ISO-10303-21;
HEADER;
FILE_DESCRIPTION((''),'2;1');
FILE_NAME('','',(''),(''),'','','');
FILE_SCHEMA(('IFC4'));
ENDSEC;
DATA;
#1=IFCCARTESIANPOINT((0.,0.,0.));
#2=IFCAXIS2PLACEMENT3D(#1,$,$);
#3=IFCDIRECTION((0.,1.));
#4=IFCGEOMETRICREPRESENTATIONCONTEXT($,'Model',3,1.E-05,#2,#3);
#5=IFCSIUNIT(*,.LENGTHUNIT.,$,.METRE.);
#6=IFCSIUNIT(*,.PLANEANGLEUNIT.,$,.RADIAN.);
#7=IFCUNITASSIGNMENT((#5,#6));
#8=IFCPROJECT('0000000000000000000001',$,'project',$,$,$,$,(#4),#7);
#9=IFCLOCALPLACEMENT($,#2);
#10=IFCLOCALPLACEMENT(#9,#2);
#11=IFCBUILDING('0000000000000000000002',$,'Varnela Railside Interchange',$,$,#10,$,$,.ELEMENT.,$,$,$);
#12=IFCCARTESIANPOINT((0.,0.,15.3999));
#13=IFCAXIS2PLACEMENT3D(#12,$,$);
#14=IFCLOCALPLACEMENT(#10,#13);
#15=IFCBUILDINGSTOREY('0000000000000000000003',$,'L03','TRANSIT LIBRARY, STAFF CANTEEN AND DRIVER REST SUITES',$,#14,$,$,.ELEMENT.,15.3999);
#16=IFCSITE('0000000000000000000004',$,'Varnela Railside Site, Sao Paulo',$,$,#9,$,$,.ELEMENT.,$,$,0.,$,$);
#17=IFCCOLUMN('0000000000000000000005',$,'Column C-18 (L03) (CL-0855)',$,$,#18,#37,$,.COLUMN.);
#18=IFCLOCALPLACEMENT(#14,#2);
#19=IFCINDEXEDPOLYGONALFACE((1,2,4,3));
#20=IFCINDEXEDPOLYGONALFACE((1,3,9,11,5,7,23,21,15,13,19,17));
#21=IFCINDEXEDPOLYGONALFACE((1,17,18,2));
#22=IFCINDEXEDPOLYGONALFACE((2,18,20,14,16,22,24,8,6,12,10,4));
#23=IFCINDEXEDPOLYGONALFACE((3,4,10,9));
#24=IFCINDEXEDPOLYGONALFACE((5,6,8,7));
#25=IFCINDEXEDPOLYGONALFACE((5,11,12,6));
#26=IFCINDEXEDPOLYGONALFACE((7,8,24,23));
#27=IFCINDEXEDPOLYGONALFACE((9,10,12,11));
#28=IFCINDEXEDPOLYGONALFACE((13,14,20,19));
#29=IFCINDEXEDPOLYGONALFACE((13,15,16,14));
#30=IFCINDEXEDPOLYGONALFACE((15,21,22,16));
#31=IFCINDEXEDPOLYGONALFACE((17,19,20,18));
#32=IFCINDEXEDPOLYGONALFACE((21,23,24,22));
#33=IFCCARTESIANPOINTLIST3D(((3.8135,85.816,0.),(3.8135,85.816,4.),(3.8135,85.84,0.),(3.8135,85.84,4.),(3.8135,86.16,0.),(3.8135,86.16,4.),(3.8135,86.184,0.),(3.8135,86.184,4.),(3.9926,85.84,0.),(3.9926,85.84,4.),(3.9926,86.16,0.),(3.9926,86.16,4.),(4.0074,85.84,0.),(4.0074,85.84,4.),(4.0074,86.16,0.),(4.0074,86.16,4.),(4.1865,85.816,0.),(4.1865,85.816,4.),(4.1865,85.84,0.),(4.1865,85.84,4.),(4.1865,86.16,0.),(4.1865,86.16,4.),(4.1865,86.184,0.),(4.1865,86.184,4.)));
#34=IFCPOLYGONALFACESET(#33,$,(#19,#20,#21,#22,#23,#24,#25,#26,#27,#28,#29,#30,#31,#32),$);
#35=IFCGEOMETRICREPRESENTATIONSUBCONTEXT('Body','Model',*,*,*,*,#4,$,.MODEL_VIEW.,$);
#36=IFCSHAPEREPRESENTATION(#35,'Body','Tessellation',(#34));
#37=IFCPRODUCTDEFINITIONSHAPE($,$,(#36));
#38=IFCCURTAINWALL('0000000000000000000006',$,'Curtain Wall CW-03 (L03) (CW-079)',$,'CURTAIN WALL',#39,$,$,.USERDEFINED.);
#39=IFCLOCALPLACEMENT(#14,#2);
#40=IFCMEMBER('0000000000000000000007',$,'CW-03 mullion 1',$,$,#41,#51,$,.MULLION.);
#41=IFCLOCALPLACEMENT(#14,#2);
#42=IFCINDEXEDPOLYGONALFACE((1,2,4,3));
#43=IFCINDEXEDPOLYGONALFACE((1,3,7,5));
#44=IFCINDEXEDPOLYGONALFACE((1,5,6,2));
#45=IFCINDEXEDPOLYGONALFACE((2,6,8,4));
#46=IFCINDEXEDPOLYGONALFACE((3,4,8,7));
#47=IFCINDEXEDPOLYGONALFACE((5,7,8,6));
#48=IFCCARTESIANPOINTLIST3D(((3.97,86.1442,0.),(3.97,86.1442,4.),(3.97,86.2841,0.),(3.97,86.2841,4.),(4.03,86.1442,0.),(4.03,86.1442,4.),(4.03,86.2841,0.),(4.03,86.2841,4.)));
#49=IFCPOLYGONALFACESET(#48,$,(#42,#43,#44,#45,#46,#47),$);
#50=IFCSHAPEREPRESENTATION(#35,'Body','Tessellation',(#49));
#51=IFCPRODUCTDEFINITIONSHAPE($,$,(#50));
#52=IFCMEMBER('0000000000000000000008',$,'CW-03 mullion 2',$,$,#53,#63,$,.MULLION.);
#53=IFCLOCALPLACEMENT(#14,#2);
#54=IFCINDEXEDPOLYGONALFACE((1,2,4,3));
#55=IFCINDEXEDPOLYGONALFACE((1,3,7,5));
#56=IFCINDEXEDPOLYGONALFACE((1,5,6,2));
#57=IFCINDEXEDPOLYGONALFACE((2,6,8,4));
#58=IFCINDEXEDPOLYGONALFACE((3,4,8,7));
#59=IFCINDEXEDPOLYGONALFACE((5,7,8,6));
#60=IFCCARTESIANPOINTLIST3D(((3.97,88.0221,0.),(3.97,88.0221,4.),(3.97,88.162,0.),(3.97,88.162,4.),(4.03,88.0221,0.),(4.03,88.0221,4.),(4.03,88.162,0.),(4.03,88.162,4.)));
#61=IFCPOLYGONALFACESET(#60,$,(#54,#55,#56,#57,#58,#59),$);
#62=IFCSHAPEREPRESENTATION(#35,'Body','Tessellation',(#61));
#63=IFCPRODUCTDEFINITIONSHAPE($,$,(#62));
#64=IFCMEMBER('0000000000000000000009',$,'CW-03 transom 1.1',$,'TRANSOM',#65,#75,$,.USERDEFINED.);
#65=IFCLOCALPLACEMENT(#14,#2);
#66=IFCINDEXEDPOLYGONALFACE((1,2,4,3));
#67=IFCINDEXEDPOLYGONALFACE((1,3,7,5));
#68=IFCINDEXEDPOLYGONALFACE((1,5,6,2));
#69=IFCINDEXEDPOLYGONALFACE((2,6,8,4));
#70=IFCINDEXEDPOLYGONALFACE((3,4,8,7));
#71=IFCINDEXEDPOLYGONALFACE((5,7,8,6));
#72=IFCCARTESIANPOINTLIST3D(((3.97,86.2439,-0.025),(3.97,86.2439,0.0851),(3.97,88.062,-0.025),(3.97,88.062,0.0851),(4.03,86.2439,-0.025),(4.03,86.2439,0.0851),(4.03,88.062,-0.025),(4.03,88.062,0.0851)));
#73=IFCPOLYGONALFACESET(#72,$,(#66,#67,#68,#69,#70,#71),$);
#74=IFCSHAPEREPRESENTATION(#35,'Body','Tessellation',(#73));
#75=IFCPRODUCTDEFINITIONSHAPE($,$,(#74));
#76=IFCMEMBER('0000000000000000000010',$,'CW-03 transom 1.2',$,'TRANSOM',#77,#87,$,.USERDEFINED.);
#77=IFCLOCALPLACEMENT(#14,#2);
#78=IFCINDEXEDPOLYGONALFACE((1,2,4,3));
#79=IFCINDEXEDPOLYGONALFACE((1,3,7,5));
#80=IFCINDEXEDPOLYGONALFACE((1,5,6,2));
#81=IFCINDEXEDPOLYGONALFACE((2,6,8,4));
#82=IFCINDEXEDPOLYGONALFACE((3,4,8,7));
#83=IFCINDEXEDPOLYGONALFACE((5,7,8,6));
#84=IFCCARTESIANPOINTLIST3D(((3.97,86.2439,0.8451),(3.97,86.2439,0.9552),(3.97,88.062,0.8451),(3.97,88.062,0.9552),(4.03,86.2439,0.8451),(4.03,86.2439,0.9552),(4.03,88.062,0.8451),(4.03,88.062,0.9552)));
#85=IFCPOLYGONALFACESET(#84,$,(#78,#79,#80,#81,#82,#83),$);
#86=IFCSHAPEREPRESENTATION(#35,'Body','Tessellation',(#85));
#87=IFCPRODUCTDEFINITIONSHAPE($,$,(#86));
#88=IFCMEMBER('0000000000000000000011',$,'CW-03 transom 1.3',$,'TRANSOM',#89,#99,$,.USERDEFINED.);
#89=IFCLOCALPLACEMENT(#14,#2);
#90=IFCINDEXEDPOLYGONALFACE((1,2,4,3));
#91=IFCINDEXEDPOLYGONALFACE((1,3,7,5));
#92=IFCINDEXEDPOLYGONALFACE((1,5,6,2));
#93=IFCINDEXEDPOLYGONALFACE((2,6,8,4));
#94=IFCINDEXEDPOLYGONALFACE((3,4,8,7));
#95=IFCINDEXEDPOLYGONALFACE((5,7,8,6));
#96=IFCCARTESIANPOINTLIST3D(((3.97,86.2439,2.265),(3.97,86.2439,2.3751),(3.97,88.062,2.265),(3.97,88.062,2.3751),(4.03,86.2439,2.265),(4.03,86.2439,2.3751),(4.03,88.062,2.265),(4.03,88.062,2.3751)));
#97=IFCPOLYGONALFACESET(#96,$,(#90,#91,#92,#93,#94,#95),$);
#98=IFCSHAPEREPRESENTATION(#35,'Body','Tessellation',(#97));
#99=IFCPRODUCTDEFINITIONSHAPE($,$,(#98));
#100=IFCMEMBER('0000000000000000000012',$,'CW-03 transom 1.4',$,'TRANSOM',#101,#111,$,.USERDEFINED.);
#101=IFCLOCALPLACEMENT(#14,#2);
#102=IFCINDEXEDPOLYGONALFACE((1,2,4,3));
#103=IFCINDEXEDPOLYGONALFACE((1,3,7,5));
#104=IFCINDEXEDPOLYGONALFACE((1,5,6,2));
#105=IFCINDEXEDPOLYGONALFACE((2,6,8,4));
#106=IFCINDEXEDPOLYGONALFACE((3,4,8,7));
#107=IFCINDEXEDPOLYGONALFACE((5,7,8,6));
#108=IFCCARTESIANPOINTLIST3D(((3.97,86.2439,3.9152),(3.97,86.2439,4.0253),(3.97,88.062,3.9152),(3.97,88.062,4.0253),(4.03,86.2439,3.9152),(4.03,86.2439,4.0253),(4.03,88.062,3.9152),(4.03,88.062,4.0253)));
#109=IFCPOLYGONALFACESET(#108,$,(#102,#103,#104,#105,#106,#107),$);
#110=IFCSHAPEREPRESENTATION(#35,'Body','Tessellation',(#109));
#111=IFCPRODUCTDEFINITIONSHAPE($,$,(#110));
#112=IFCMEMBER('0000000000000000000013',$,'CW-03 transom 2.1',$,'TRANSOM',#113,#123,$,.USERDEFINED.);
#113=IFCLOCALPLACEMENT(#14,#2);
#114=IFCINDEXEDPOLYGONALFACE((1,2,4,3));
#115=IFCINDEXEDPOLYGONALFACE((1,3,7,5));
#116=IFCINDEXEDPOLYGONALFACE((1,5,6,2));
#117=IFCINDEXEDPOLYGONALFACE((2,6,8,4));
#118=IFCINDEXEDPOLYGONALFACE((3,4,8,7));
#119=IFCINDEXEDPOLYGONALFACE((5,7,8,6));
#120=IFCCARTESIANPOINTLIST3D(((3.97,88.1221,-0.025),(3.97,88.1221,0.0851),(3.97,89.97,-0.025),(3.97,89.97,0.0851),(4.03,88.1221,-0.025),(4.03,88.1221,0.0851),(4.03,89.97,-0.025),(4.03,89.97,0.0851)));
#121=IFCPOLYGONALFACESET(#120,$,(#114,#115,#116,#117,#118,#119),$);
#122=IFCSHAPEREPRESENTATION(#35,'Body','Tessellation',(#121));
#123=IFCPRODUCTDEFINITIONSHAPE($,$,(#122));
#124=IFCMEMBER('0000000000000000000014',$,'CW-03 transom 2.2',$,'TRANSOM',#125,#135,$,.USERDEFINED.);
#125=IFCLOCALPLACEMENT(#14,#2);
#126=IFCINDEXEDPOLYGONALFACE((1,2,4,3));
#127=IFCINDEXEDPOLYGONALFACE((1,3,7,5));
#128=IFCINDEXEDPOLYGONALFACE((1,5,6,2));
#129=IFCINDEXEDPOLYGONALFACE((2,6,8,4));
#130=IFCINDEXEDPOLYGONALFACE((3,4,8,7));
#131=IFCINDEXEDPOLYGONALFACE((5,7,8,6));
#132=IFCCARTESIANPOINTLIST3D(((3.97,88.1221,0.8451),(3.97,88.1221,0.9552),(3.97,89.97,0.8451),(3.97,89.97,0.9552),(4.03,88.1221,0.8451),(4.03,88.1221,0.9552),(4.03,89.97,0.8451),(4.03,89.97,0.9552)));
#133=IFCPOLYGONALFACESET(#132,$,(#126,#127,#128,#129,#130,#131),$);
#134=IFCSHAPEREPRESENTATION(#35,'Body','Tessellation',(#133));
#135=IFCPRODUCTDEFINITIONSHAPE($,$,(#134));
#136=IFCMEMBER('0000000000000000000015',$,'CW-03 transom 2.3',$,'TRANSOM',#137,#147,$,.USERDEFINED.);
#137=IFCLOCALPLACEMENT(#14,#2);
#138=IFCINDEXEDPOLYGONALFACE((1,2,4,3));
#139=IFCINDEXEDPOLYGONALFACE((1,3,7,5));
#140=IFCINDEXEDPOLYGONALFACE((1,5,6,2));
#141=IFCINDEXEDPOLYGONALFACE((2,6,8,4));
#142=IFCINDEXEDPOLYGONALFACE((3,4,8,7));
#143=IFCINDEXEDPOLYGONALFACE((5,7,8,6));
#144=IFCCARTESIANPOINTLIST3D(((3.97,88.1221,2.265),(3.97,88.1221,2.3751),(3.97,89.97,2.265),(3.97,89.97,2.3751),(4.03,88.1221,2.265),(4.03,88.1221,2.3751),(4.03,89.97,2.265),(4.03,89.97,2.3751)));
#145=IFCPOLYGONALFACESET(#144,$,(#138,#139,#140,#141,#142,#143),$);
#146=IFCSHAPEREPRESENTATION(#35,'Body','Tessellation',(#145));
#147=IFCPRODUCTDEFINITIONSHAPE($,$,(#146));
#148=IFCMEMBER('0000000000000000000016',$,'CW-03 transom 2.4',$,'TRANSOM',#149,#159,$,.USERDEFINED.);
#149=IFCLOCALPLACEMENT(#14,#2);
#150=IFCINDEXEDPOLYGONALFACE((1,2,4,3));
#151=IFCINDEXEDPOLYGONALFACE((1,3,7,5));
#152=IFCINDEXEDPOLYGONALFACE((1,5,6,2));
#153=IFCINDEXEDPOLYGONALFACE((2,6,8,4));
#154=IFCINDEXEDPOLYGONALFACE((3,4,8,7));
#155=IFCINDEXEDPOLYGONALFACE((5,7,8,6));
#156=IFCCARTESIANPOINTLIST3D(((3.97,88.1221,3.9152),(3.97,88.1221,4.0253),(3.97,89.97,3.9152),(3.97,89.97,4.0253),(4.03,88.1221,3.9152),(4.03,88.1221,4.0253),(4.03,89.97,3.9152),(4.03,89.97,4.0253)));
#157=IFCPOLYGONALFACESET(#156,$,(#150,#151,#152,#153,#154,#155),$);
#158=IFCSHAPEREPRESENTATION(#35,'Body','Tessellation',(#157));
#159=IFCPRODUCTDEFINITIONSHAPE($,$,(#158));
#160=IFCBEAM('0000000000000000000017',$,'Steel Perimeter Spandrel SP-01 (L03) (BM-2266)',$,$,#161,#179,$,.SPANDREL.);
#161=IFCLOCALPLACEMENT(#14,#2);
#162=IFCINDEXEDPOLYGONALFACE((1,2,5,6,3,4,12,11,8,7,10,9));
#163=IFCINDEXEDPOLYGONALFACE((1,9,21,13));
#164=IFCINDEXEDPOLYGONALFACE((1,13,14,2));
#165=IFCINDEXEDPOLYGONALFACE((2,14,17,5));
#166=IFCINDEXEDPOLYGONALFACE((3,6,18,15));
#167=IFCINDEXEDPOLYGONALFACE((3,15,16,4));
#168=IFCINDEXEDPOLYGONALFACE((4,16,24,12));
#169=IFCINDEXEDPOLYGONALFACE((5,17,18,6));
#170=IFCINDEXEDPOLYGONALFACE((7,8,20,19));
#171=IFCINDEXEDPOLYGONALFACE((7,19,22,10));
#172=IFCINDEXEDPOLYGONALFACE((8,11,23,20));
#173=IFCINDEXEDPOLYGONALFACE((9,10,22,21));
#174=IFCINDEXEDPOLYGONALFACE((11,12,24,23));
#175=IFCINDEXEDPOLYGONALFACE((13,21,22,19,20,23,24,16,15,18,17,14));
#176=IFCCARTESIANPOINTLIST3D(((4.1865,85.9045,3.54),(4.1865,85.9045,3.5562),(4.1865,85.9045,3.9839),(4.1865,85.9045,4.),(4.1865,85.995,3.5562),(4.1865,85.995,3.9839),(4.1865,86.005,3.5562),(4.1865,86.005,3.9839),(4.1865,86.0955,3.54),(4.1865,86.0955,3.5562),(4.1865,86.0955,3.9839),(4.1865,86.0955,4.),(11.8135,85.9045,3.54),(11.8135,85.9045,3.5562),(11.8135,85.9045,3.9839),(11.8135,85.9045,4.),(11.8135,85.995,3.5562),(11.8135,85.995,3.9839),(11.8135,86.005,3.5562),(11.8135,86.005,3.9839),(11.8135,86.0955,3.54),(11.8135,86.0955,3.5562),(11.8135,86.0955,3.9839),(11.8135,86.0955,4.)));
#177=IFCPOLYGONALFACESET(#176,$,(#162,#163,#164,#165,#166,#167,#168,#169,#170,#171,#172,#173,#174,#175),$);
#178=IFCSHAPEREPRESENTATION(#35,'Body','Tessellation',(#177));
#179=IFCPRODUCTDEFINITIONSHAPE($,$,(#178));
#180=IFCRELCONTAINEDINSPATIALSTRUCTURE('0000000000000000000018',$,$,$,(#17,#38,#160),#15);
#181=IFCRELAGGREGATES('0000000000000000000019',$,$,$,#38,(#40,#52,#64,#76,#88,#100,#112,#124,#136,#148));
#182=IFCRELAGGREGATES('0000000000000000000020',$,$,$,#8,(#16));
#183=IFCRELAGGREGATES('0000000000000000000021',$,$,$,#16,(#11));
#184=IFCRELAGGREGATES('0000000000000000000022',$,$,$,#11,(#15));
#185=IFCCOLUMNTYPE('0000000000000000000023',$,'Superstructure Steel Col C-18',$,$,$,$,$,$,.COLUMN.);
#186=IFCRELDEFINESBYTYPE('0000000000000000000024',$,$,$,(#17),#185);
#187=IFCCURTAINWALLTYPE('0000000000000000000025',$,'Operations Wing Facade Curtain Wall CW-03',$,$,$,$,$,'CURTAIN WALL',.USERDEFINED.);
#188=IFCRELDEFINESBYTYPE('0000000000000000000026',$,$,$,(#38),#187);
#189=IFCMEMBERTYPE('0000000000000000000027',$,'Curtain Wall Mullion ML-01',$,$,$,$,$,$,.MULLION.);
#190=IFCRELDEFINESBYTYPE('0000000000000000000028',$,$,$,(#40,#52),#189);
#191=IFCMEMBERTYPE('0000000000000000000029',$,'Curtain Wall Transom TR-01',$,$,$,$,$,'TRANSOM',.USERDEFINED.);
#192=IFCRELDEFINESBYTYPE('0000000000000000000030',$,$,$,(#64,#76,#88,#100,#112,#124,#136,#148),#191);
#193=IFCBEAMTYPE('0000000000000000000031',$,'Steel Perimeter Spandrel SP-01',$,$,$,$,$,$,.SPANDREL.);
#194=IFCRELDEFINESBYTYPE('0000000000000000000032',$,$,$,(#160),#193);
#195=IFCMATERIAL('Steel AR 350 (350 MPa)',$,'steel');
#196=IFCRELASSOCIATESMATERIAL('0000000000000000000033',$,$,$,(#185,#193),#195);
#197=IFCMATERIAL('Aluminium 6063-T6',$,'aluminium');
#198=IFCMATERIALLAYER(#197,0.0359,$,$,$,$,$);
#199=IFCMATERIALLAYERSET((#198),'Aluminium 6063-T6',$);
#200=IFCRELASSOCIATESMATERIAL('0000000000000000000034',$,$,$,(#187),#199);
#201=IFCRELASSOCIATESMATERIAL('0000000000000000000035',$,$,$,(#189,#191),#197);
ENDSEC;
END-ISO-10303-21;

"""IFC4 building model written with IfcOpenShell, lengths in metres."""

from ifc_helpers import new_model, si_unit, direction, frame, origin, origin_2d, place, context, subcontext, project, spatial, rectangle, i_section, extrude, material, layer, layer_set, material_profile, profile_set, type_object, element, aggregate, save


model = new_model("IFC4")

# Units and contexts
model_context = context("Model", 3, precision=1e-05, world=origin(), true_north=direction((0.0, 1.0)))
body_context = subcontext(model_context, "Body", "Model", "MODEL_VIEW")
ifc_project = project(units=[si_unit("LENGTHUNIT", "METRE"), si_unit("PLANEANGLEUNIT", "RADIAN")], contexts=[model_context])

# Site, building, storey
site_placement = place(None, origin())
site = spatial("IfcSite", under=ifc_project, at=site_placement, Name="Varnela Railside Site, Sao Paulo", CompositionType="ELEMENT", RefElevation=0.0)
building_placement = place(site_placement, origin())
building = spatial("IfcBuilding", under=site, at=building_placement, Name="Varnela Railside Interchange", CompositionType="ELEMENT")
storey_placement = place(building_placement, frame((0.0, 0.0, 15.3999)))
storey = spatial("IfcBuildingStorey", under=building, at=storey_placement, Name="L03", Description="TRANSIT LIBRARY, STAFF CANTEEN AND DRIVER REST SUITES", CompositionType="ELEMENT", Elevation=15.3999)

# Column
ifc_material_1 = material(Name="Steel AR 350 (350 MPa)", Category="steel")
ifc_material_profile_1 = material_profile(ifc_material_1, i_section(OverallWidth=0.373, OverallDepth=0.3679, WebThickness=0.0149, FlangeThickness=0.0239, at=origin_2d()), Name="W360x179")
ifc_profile_set_1 = profile_set([ifc_material_profile_1], Name="Steel AR 350 (350 MPa)")
column_type = type_object("IfcColumnType", Name="Superstructure Steel Col C-18", PredefinedType="COLUMN", material=ifc_profile_set_1)
column_placement = place(storey_placement, frame((4.0, 86.0, 0.0), z_axis=(0.0, 0.0, 1.0), x_axis=(1.0, 0.0, 0.0)))
element("IfcColumn", 1, at=column_placement, inside=storey, type_object=column_type, Name="Column C-18 (L03) (CL-0855)", PredefinedType="COLUMN", context=body_context, shape_type="SweptSolid", body=[
    extrude(i_section(OverallWidth=0.373, OverallDepth=0.3679, WebThickness=0.0149, FlangeThickness=0.0239, at=origin_2d()), origin(), (0.0, 0.0, 1.0), 4.0),
])

# Curtain wall, members
ifc_material_2 = material(Name="Aluminium 6063-T6", Category="aluminium")
ifc_layer_1 = layer(ifc_material_2, 0.0359)
ifc_layer_set_1 = layer_set([ifc_layer_1], Name="Aluminium 6063-T6")
curtain_wall_type = type_object("IfcCurtainWallType", Name="Operations Wing Facade Curtain Wall CW-03", ElementType="CURTAIN WALL", PredefinedType="USERDEFINED", material=ifc_layer_set_1)
curtain_wall_placement = place(storey_placement, origin())
curtain_wall = element("IfcCurtainWall", 2, at=curtain_wall_placement, inside=storey, type_object=curtain_wall_type, Name="Curtain Wall CW-03 (L03) (CW-079)", ObjectType="CURTAIN WALL", PredefinedType="USERDEFINED")
ifc_material_profile_2 = material_profile(ifc_material_2, rectangle(XDim=0.0601, YDim=0.1399, at=origin_2d()), Name="ALU 60x140")
ifc_profile_set_2 = profile_set([ifc_material_profile_2], Name="Aluminium 6063-T6")
member_type_1 = type_object("IfcMemberType", Name="Curtain Wall Mullion ML-01", PredefinedType="MULLION", material=ifc_profile_set_2)
member_1_placement = place(storey_placement, frame((4.0, 86.2141, 0.0), z_axis=(0.0, 0.0, 1.0), x_axis=(-1.0, 0.0, 0.0)))
member_1 = element("IfcMember", 3, at=member_1_placement, type_object=member_type_1, Name="CW-03 mullion 1", PredefinedType="MULLION", context=body_context, shape_type="SweptSolid", body=[
    extrude(rectangle(XDim=0.0601, YDim=0.1399, at=origin_2d()), origin(), (0.0, 0.0, 1.0), 4.0),
])
member_2_placement = place(storey_placement, frame((4.0, 88.092, 0.0), z_axis=(0.0, 0.0, 1.0), x_axis=(-1.0, 0.0, 0.0)))
member_2 = element("IfcMember", 4, at=member_2_placement, type_object=member_type_1, Name="CW-03 mullion 2", PredefinedType="MULLION", context=body_context, shape_type="SweptSolid", body=[
    extrude(rectangle(XDim=0.0601, YDim=0.1399, at=origin_2d()), origin(), (0.0, 0.0, 1.0), 4.0),
])
ifc_material_profile_3 = material_profile(ifc_material_2, rectangle(XDim=0.0601, YDim=0.1101, at=origin_2d()), Name="ALU 60x110")
ifc_profile_set_3 = profile_set([ifc_material_profile_3], Name="Aluminium 6063-T6")
member_type_2 = type_object("IfcMemberType", Name="Curtain Wall Transom TR-01", ElementType="TRANSOM", PredefinedType="USERDEFINED", material=ifc_profile_set_3)
member_3_placement = place(storey_placement, frame((4.0, 86.2439, 0.03), z_axis=(0.0, 1.0, 0.0), x_axis=(-1.0, 0.0, 0.0)))
member_3 = element("IfcMember", 5, at=member_3_placement, type_object=member_type_2, Name="CW-03 transom 1.1", ObjectType="TRANSOM", PredefinedType="USERDEFINED", context=body_context, shape_type="SweptSolid", body=[
    extrude(rectangle(XDim=0.0601, YDim=0.1101, at=origin_2d()), origin(), (0.0, 0.0, 1.0), 1.8181),
])
member_4_placement = place(storey_placement, frame((4.0, 86.2439, 0.9001), z_axis=(0.0, 1.0, 0.0), x_axis=(-1.0, 0.0, 0.0)))
member_4 = element("IfcMember", 6, at=member_4_placement, type_object=member_type_2, Name="CW-03 transom 1.2", ObjectType="TRANSOM", PredefinedType="USERDEFINED", context=body_context, shape_type="SweptSolid", body=[
    extrude(rectangle(XDim=0.0601, YDim=0.1101, at=origin_2d()), origin(), (0.0, 0.0, 1.0), 1.8181),
])
member_5_placement = place(storey_placement, frame((4.0, 86.2439, 2.3201), z_axis=(0.0, 1.0, 0.0), x_axis=(-1.0, 0.0, 0.0)))
member_5 = element("IfcMember", 7, at=member_5_placement, type_object=member_type_2, Name="CW-03 transom 1.3", ObjectType="TRANSOM", PredefinedType="USERDEFINED", context=body_context, shape_type="SweptSolid", body=[
    extrude(rectangle(XDim=0.0601, YDim=0.1101, at=origin_2d()), origin(), (0.0, 0.0, 1.0), 1.8181),
])
member_6_placement = place(storey_placement, frame((4.0, 86.2439, 3.9702), z_axis=(0.0, 1.0, 0.0), x_axis=(-1.0, 0.0, 0.0)))
member_6 = element("IfcMember", 8, at=member_6_placement, type_object=member_type_2, Name="CW-03 transom 1.4", ObjectType="TRANSOM", PredefinedType="USERDEFINED", context=body_context, shape_type="SweptSolid", body=[
    extrude(rectangle(XDim=0.0601, YDim=0.1101, at=origin_2d()), origin(), (0.0, 0.0, 1.0), 1.8181),
])
member_7_placement = place(storey_placement, frame((4.0, 88.1221, 0.03), z_axis=(0.0, 1.0, 0.0), x_axis=(-1.0, 0.0, 0.0)))
member_7 = element("IfcMember", 9, at=member_7_placement, type_object=member_type_2, Name="CW-03 transom 2.1", ObjectType="TRANSOM", PredefinedType="USERDEFINED", context=body_context, shape_type="SweptSolid", body=[
    extrude(rectangle(XDim=0.0601, YDim=0.1101, at=origin_2d()), origin(), (0.0, 0.0, 1.0), 1.8479),
])
member_8_placement = place(storey_placement, frame((4.0, 88.1221, 0.9001), z_axis=(0.0, 1.0, 0.0), x_axis=(-1.0, 0.0, 0.0)))
member_8 = element("IfcMember", 10, at=member_8_placement, type_object=member_type_2, Name="CW-03 transom 2.2", ObjectType="TRANSOM", PredefinedType="USERDEFINED", context=body_context, shape_type="SweptSolid", body=[
    extrude(rectangle(XDim=0.0601, YDim=0.1101, at=origin_2d()), origin(), (0.0, 0.0, 1.0), 1.8479),
])
member_9_placement = place(storey_placement, frame((4.0, 88.1221, 2.3201), z_axis=(0.0, 1.0, 0.0), x_axis=(-1.0, 0.0, 0.0)))
member_9 = element("IfcMember", 11, at=member_9_placement, type_object=member_type_2, Name="CW-03 transom 2.3", ObjectType="TRANSOM", PredefinedType="USERDEFINED", context=body_context, shape_type="SweptSolid", body=[
    extrude(rectangle(XDim=0.0601, YDim=0.1101, at=origin_2d()), origin(), (0.0, 0.0, 1.0), 1.8479),
])
member_10_placement = place(storey_placement, frame((4.0, 88.1221, 3.9702), z_axis=(0.0, 1.0, 0.0), x_axis=(-1.0, 0.0, 0.0)))
member_10 = element("IfcMember", 12, at=member_10_placement, type_object=member_type_2, Name="CW-03 transom 2.4", ObjectType="TRANSOM", PredefinedType="USERDEFINED", context=body_context, shape_type="SweptSolid", body=[
    extrude(rectangle(XDim=0.0601, YDim=0.1101, at=origin_2d()), origin(), (0.0, 0.0, 1.0), 1.8479),
])

# Beam
ifc_material_profile_4 = material_profile(ifc_material_1, i_section(OverallWidth=0.1909, OverallDepth=0.46, WebThickness=0.01, FlangeThickness=0.0161, at=origin_2d()), Name="W460x82")
ifc_profile_set_4 = profile_set([ifc_material_profile_4], Name="Steel AR 350 (350 MPa)")
beam_type = type_object("IfcBeamType", Name="Steel Perimeter Spandrel SP-01", PredefinedType="SPANDREL", material=ifc_profile_set_4)
beam_placement = place(storey_placement, frame((4.1865, 86.0, 3.77), z_axis=(1.0, 0.0, 0.0), x_axis=(0.0, 1.0, 0.0)))
element("IfcBeam", 13, at=beam_placement, inside=storey, type_object=beam_type, Name="Steel Perimeter Spandrel SP-01 (L03) (BM-2266)", PredefinedType="SPANDREL", context=body_context, shape_type="SweptSolid", body=[
    extrude(i_section(OverallWidth=0.1909, OverallDepth=0.46, WebThickness=0.01, FlangeThickness=0.0161, at=origin_2d()), origin(), (0.0, 0.0, 1.0), 7.627),
])

aggregate(curtain_wall, [member_1, member_2, member_3, member_4, member_5, member_6, member_7, member_8, member_9, member_10])

save(model, "model.ifc")
